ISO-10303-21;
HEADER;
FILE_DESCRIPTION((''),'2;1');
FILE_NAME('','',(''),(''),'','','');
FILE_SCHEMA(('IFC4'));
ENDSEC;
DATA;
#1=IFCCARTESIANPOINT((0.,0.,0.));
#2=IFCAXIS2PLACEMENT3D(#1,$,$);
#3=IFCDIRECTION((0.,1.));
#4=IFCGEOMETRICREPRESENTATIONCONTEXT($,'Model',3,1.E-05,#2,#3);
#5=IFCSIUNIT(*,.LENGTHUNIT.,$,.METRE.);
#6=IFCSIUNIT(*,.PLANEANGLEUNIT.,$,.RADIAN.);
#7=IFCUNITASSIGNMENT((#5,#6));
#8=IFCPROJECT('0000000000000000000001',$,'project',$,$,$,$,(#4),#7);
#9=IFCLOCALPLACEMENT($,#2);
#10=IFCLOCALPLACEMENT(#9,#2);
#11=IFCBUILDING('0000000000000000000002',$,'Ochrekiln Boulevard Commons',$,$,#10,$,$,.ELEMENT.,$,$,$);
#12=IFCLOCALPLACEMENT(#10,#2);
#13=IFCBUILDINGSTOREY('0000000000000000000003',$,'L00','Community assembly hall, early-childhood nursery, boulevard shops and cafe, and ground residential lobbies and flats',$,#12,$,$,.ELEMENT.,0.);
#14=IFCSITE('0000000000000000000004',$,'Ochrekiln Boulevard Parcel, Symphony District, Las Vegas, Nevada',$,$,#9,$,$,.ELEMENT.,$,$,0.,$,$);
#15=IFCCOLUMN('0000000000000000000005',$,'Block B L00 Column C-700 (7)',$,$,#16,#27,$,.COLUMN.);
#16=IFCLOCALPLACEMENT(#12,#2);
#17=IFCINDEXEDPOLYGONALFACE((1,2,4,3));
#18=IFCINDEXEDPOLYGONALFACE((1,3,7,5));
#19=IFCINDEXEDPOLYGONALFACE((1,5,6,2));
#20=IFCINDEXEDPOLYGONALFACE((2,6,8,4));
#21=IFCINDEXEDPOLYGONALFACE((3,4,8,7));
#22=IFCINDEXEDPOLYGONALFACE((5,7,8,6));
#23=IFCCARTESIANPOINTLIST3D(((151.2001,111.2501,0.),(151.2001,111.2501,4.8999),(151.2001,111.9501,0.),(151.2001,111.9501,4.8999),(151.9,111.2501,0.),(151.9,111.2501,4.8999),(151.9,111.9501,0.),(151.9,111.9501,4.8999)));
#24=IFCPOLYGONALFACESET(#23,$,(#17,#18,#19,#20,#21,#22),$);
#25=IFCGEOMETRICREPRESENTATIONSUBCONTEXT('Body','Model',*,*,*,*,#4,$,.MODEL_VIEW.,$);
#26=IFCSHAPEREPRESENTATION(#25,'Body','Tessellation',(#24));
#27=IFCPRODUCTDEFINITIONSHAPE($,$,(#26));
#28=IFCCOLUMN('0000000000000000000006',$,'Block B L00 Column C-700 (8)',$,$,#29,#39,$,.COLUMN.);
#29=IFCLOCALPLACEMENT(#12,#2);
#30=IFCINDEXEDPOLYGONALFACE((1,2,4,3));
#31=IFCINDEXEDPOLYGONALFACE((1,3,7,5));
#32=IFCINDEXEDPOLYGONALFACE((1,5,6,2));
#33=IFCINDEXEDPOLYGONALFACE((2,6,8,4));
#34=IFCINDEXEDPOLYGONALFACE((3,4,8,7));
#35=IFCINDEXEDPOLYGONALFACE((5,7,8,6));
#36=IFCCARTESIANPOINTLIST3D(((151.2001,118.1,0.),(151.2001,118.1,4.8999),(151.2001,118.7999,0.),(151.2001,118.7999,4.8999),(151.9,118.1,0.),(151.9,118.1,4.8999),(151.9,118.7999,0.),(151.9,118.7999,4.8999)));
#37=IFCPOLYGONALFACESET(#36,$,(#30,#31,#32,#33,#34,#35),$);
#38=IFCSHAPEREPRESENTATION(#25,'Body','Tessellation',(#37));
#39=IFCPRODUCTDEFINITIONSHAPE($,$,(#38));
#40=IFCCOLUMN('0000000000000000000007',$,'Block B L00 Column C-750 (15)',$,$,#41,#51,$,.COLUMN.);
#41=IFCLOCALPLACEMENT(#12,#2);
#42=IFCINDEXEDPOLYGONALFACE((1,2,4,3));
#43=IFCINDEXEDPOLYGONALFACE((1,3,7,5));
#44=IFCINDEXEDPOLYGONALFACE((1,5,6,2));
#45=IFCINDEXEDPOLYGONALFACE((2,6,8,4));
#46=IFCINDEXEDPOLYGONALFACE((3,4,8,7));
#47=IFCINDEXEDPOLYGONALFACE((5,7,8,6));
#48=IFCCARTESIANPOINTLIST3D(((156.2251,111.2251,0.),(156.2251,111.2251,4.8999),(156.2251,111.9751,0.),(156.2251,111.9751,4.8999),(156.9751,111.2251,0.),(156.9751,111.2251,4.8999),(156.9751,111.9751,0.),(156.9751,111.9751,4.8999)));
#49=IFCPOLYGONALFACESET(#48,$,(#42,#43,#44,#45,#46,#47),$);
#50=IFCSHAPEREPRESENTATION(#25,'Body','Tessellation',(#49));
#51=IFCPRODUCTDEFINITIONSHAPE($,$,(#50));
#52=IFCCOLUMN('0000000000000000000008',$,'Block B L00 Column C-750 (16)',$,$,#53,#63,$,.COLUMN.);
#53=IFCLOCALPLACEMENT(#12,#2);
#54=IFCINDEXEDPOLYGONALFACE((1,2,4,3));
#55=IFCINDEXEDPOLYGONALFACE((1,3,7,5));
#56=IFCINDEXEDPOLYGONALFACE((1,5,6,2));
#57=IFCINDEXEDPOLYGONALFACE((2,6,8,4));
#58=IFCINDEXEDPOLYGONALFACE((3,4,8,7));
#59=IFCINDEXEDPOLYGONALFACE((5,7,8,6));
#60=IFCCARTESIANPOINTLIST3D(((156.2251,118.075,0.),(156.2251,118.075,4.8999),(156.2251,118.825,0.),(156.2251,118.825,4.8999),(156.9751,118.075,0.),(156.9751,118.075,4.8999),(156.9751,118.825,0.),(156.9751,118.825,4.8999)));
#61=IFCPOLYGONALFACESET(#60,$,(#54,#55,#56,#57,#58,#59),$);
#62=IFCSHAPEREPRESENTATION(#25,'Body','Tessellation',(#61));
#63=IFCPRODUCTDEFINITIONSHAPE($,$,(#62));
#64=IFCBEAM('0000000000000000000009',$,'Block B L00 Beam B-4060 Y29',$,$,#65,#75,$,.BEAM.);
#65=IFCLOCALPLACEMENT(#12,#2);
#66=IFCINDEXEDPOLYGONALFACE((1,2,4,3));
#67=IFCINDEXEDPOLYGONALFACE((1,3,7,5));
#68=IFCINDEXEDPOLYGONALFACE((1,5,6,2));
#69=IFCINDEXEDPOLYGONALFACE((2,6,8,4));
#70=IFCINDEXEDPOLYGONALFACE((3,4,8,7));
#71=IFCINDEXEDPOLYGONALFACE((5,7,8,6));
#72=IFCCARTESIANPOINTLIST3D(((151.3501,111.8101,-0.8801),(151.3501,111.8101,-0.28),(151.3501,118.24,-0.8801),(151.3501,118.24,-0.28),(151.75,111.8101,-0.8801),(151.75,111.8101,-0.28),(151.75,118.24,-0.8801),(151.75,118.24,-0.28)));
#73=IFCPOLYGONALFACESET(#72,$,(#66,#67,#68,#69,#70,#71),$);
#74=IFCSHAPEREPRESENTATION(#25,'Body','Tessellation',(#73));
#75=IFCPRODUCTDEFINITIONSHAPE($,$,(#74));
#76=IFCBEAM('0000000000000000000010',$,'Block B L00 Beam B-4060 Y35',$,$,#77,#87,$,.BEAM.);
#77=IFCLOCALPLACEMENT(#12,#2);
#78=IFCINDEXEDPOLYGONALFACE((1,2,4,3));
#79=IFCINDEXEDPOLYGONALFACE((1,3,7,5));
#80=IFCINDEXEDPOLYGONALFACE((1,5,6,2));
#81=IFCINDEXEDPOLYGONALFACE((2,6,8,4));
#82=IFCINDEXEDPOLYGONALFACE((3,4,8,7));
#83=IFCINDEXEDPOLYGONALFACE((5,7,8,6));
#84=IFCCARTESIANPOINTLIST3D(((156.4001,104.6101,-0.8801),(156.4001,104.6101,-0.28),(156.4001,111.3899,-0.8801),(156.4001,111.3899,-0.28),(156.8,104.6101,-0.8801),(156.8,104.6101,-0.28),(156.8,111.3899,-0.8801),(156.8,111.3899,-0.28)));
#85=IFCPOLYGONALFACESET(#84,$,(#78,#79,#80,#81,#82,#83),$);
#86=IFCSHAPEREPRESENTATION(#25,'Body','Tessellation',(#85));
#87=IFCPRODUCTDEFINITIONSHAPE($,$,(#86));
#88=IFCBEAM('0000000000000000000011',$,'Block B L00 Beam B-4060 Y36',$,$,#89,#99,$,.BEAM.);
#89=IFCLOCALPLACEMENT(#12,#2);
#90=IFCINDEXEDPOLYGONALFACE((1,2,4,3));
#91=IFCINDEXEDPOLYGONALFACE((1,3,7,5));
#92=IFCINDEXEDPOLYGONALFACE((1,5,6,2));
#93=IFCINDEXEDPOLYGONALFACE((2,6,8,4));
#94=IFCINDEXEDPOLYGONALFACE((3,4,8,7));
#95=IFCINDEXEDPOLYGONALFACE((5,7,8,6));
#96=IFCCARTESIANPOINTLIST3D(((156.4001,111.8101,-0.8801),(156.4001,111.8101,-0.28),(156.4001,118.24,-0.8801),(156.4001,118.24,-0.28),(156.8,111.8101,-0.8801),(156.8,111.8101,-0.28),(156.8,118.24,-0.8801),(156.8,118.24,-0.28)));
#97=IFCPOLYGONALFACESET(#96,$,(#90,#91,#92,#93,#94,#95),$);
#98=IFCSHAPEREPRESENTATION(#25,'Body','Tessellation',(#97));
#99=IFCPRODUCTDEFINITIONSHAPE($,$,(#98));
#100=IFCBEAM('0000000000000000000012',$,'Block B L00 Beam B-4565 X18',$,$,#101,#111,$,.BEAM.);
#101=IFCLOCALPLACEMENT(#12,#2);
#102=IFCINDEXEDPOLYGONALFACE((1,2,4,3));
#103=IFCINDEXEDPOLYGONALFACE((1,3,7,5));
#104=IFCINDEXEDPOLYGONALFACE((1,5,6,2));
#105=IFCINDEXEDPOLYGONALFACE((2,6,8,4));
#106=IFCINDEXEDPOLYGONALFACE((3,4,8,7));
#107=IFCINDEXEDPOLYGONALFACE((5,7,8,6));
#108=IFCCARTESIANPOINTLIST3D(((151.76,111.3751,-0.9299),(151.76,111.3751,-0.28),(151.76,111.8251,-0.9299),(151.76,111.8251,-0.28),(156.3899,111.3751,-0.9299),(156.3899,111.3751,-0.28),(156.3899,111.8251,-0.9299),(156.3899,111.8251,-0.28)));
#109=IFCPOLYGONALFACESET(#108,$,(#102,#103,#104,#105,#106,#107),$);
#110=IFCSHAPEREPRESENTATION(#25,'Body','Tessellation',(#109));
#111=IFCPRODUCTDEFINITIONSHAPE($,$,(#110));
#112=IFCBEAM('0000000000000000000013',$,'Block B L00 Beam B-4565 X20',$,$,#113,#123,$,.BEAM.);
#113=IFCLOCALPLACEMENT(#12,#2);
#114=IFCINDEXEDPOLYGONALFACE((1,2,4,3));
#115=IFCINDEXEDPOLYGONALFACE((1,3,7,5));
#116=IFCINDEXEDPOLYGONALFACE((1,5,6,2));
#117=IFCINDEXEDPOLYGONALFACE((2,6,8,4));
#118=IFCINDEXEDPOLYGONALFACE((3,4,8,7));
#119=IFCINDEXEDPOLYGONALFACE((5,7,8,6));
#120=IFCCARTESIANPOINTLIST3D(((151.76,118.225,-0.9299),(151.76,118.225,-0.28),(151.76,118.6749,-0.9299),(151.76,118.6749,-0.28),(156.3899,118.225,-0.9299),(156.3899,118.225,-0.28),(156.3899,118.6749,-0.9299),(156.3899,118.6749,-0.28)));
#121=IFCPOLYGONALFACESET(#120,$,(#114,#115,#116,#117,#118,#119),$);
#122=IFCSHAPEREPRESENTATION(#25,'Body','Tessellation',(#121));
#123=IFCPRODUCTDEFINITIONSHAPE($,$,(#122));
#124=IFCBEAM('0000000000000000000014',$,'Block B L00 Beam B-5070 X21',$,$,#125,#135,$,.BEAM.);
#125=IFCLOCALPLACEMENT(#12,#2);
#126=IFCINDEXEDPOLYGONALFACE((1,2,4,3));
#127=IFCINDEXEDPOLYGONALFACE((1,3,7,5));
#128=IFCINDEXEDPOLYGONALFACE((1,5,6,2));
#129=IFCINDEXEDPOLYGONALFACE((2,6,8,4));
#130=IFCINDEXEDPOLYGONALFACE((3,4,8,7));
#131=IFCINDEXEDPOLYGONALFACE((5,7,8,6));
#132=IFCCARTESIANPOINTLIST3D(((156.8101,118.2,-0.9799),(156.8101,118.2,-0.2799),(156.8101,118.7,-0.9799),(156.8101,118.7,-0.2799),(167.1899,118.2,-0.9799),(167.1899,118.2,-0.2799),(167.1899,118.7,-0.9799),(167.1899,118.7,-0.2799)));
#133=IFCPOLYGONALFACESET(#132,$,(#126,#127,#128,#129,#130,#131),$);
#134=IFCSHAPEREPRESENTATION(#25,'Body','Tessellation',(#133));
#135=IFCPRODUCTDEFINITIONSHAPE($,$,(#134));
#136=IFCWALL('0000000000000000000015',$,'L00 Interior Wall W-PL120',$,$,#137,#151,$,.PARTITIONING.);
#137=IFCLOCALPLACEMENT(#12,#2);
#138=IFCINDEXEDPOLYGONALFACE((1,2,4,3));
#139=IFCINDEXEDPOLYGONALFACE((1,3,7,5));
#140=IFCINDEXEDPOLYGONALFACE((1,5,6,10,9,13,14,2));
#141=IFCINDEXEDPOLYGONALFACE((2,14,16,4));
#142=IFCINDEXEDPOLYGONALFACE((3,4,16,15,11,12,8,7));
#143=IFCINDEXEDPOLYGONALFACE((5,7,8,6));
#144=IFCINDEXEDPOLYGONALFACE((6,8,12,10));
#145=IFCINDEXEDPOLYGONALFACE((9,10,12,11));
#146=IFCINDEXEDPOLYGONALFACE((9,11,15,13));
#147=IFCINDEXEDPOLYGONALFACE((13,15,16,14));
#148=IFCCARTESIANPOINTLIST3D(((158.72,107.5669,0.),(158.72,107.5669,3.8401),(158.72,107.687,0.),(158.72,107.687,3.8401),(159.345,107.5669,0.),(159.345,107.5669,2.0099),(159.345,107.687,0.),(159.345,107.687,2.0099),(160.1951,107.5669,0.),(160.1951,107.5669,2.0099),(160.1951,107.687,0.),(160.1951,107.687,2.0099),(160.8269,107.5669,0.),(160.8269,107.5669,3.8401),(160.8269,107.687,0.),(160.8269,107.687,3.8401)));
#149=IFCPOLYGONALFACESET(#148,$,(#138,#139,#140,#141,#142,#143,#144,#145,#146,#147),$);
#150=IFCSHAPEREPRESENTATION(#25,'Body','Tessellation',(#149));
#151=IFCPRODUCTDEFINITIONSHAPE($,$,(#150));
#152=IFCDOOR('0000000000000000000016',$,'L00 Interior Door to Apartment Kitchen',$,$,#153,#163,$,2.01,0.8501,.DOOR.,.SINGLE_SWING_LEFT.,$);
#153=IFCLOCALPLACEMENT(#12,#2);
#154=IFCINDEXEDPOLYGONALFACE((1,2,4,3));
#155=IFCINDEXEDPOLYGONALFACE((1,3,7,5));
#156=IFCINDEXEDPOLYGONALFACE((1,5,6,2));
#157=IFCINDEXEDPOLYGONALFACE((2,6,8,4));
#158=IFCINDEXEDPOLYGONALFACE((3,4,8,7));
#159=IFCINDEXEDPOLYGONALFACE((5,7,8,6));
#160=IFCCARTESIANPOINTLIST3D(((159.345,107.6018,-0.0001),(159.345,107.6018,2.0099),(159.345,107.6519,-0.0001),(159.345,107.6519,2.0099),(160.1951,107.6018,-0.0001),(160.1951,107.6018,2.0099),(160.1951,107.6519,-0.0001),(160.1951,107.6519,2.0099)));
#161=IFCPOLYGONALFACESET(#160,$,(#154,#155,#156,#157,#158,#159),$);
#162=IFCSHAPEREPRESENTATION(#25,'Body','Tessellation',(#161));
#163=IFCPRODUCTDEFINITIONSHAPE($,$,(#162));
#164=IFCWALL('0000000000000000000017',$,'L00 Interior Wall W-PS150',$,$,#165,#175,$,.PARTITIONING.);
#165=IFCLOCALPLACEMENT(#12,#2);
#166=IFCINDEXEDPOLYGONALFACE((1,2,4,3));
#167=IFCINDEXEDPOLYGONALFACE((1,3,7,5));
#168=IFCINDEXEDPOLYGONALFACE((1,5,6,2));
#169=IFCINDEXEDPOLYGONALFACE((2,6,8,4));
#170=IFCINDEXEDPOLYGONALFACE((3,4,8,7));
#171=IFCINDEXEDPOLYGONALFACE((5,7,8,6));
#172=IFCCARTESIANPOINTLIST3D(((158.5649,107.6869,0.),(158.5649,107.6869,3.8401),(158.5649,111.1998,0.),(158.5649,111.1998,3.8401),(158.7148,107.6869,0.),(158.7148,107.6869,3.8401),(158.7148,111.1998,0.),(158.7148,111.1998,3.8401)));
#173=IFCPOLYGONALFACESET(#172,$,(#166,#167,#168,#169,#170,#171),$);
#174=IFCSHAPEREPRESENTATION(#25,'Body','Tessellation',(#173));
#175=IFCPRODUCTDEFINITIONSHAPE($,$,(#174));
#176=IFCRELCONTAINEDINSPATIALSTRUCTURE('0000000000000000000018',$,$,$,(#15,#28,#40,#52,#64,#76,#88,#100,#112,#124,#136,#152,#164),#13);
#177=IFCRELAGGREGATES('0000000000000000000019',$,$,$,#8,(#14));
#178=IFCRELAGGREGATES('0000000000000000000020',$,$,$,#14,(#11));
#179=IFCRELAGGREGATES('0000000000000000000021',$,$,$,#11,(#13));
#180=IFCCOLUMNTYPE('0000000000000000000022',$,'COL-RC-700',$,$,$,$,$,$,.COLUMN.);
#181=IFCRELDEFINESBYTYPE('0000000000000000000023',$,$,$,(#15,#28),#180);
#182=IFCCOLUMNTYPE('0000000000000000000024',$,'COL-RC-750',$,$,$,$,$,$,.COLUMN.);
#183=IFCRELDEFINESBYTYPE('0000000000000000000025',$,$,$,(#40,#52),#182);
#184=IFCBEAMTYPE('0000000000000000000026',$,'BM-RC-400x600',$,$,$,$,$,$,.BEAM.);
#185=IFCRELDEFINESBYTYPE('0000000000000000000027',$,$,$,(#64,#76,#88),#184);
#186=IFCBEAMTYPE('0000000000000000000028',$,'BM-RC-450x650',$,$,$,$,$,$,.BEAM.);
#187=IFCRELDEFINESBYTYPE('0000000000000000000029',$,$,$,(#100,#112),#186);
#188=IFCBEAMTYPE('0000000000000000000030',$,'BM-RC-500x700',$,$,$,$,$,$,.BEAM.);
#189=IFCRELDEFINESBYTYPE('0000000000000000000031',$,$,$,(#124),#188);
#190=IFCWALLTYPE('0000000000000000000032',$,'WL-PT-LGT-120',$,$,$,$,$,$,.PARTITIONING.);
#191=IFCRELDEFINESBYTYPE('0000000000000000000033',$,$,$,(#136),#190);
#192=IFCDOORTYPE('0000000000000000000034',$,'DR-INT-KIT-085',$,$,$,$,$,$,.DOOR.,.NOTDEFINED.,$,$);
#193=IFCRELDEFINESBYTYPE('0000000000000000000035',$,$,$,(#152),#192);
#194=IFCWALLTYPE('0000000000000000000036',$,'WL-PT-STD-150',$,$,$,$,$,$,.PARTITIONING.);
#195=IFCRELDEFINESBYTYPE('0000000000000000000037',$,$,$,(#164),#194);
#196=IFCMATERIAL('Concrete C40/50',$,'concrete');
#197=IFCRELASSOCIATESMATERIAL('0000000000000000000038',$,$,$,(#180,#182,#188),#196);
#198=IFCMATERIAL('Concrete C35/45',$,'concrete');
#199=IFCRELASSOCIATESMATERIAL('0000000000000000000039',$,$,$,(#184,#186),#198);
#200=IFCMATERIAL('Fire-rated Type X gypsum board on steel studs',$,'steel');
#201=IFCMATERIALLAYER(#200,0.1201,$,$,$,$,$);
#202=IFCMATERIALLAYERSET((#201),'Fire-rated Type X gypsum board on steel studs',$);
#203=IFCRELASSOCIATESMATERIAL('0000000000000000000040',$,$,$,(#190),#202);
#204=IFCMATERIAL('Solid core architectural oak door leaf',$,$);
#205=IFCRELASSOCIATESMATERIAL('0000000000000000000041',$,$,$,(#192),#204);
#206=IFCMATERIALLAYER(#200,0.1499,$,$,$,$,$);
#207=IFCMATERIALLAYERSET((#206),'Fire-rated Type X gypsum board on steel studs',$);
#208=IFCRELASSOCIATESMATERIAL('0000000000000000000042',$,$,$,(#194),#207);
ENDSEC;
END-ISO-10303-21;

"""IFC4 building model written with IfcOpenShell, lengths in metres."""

from ifc_helpers import new_model, si_unit, direction, frame, frame_2d, origin, origin_2d, place, context, subcontext, project, spatial, rectangle, extrude, material, layer, layer_set, material_profile, profile_set, type_object, element, fill, save


model = new_model("IFC4")

# Units and contexts
model_context = context("Model", 3, precision=1e-05, world=origin(), true_north=direction((0.0, 1.0)))
body_context = subcontext(model_context, "Body", "Model", "MODEL_VIEW")
ifc_project = project(units=[si_unit("LENGTHUNIT", "METRE"), si_unit("PLANEANGLEUNIT", "RADIAN")], contexts=[model_context])

# Site, building, storey
site_placement = place(None, origin())
site = spatial("IfcSite", under=ifc_project, at=site_placement, Name="Ochrekiln Boulevard Parcel, Symphony District, Las Vegas, Nevada", CompositionType="ELEMENT", RefElevation=0.0)
building_placement = place(site_placement, origin())
building = spatial("IfcBuilding", under=site, at=building_placement, Name="Ochrekiln Boulevard Commons", CompositionType="ELEMENT")
storey_placement = place(building_placement, origin())
storey = spatial("IfcBuildingStorey", under=building, at=storey_placement, Name="L00", Description="Community assembly hall, early-childhood nursery, boulevard shops and cafe, and ground residential lobbies and flats", CompositionType="ELEMENT", Elevation=0.0)

# Columns
ifc_material_1 = material(Name="Concrete C40/50", Category="concrete")
ifc_material_profile_1 = material_profile(ifc_material_1, rectangle(XDim=0.7, YDim=0.7, at=origin_2d()), Name="RC-COL-700x700")
ifc_profile_set_1 = profile_set([ifc_material_profile_1], Name="Concrete C40/50")
column_type_1 = type_object("IfcColumnType", Name="COL-RC-700", PredefinedType="COLUMN", material=ifc_profile_set_1)
for number, where, z_axis, x_axis, name in (
    (1, (151.55, 111.6001, 0.0), (0.0, 0.0, 1.0), (1.0, 0.0, 0.0), "Block B L00 Column C-700 (7)"),
    (2, (151.55, 118.45, 0.0), (0.0, 0.0, 1.0), (1.0, 0.0, 0.0), "Block B L00 Column C-700 (8)"),
):
    element("IfcColumn", number, at=place(storey_placement, frame(where, z_axis=z_axis, x_axis=x_axis)), inside=storey, type_object=column_type_1, Name=name, PredefinedType="COLUMN", context=body_context, shape_type="SweptSolid", body=[
        extrude(rectangle(XDim=0.7, YDim=0.7, at=origin_2d()), origin(), (0.0, 0.0, 1.0), 4.8999),
    ])
ifc_material_profile_2 = material_profile(ifc_material_1, rectangle(XDim=0.75, YDim=0.75, at=origin_2d()), Name="RC-COL-750x750")
ifc_profile_set_2 = profile_set([ifc_material_profile_2], Name="Concrete C40/50")
column_type_2 = type_object("IfcColumnType", Name="COL-RC-750", PredefinedType="COLUMN", material=ifc_profile_set_2)
for number, where, z_axis, x_axis, name in (
    (3, (156.6001, 111.6001, 0.0), (0.0, 0.0, 1.0), (1.0, 0.0, 0.0), "Block B L00 Column C-750 (15)"),
    (4, (156.6001, 118.45, 0.0), (0.0, 0.0, 1.0), (1.0, 0.0, 0.0), "Block B L00 Column C-750 (16)"),
):
    element("IfcColumn", number, at=place(storey_placement, frame(where, z_axis=z_axis, x_axis=x_axis)), inside=storey, type_object=column_type_2, Name=name, PredefinedType="COLUMN", context=body_context, shape_type="SweptSolid", body=[
        extrude(rectangle(XDim=0.75, YDim=0.75, at=origin_2d()), origin(), (0.0, 0.0, 1.0), 4.8999),
    ])

# Beams
ifc_material_2 = material(Name="Concrete C35/45", Category="concrete")
ifc_material_profile_3 = material_profile(ifc_material_2, rectangle(XDim=0.3999, YDim=0.6001, at=origin_2d()), Name="RC-BM-400x600")
ifc_profile_set_3 = profile_set([ifc_material_profile_3], Name="Concrete C35/45")
beam_type_1 = type_object("IfcBeamType", Name="BM-RC-400x600", PredefinedType="BEAM", material=ifc_profile_set_3)
beam_1_placement = place(storey_placement, frame((151.55, 111.8101, -0.5801), z_axis=(0.0, 1.0, 0.0), x_axis=(-1.0, 0.0, 0.0)))
element("IfcBeam", 5, at=beam_1_placement, inside=storey, type_object=beam_type_1, Name="Block B L00 Beam B-4060 Y29", PredefinedType="BEAM", context=body_context, shape_type="SweptSolid", body=[
    extrude(rectangle(XDim=0.3999, YDim=0.6001, at=origin_2d()), origin(), (0.0, 0.0, 1.0), 6.4299),
])
beam_2_placement = place(storey_placement, frame((156.6001, 104.6101, -0.5801), z_axis=(0.0, 1.0, 0.0), x_axis=(-1.0, 0.0, 0.0)))
element("IfcBeam", 6, at=beam_2_placement, inside=storey, type_object=beam_type_1, Name="Block B L00 Beam B-4060 Y35", PredefinedType="BEAM", context=body_context, shape_type="SweptSolid", body=[
    extrude(rectangle(XDim=0.3999, YDim=0.6001, at=origin_2d()), origin(), (0.0, 0.0, 1.0), 6.7798),
])
beam_3_placement = place(storey_placement, frame((156.6001, 111.8101, -0.5801), z_axis=(0.0, 1.0, 0.0), x_axis=(-1.0, 0.0, 0.0)))
element("IfcBeam", 7, at=beam_3_placement, inside=storey, type_object=beam_type_1, Name="Block B L00 Beam B-4060 Y36", PredefinedType="BEAM", context=body_context, shape_type="SweptSolid", body=[
    extrude(rectangle(XDim=0.3999, YDim=0.6001, at=origin_2d()), origin(), (0.0, 0.0, 1.0), 6.4299),
])
ifc_material_profile_4 = material_profile(ifc_material_2, rectangle(XDim=0.45, YDim=0.6499, at=origin_2d()), Name="RC-BM-450x650")
ifc_profile_set_4 = profile_set([ifc_material_profile_4], Name="Concrete C35/45")
beam_type_2 = type_object("IfcBeamType", Name="BM-RC-450x650", PredefinedType="BEAM", material=ifc_profile_set_4)
for number, where, z_axis, x_axis, name in (
    (8, (151.76, 111.6001, -0.605), (1.0, 0.0, 0.0), (0.0, 1.0, 0.0), "Block B L00 Beam B-4565 X18"),
    (9, (151.76, 118.45, -0.605), (1.0, 0.0, 0.0), (0.0, 1.0, 0.0), "Block B L00 Beam B-4565 X20"),
):
    element("IfcBeam", number, at=place(storey_placement, frame(where, z_axis=z_axis, x_axis=x_axis)), inside=storey, type_object=beam_type_2, Name=name, PredefinedType="BEAM", context=body_context, shape_type="SweptSolid", body=[
        extrude(rectangle(XDim=0.45, YDim=0.6499, at=origin_2d()), origin(), (0.0, 0.0, 1.0), 4.6299),
    ])
ifc_material_profile_5 = material_profile(ifc_material_1, rectangle(XDim=0.5, YDim=0.7, at=origin_2d()), Name="RC-BM-500x700")
ifc_profile_set_5 = profile_set([ifc_material_profile_5], Name="Concrete C40/50")
beam_type_3 = type_object("IfcBeamType", Name="BM-RC-500x700", PredefinedType="BEAM", material=ifc_profile_set_5)
beam_4_placement = place(storey_placement, frame((156.8101, 118.45, -0.6299), z_axis=(1.0, 0.0, 0.0), x_axis=(0.0, 1.0, 0.0)))
element("IfcBeam", 10, at=beam_4_placement, inside=storey, type_object=beam_type_3, Name="Block B L00 Beam B-5070 X21", PredefinedType="BEAM", context=body_context, shape_type="SweptSolid", body=[
    extrude(rectangle(XDim=0.5, YDim=0.7, at=origin_2d()), origin(), (0.0, 0.0, 1.0), 10.3799),
])

# Wall, opening, door
ifc_material_3 = material(Name="Fire-rated Type X gypsum board on steel studs", Category="steel")
ifc_layer_1 = layer(ifc_material_3, 0.1201)
ifc_layer_set_1 = layer_set([ifc_layer_1], Name="Fire-rated Type X gypsum board on steel studs")
wall_type_1 = type_object("IfcWallType", Name="WL-PT-LGT-120", PredefinedType="PARTITIONING", material=ifc_layer_set_1)
wall_1_placement = place(storey_placement, frame((158.72, 107.627, 0.0), z_axis=(0.0, 0.0, 1.0), x_axis=(1.0, 0.0, 0.0)))
wall_1 = element("IfcWall", 11, at=wall_1_placement, inside=storey, type_object=wall_type_1, Name="L00 Interior Wall W-PL120", PredefinedType="PARTITIONING", context=body_context, shape_type="SweptSolid", body=[
    extrude(rectangle(XDim=2.1069, YDim=0.1201, at=frame_2d((1.0535, 0.0))), origin(), (0.0, 0.0, 1.0), 3.8401),
])
opening_placement = place(wall_1_placement, frame((0.625, 0.0, 0.0)))
opening = element("IfcOpeningElement", 12, at=opening_placement, cuts=wall_1, PredefinedType="OPENING", context=body_context, shape_type="SweptSolid", body=[
    extrude(rectangle(XDim=0.8501, YDim=2.01, at=frame_2d((0.425, 1.0049))), frame((0.0, 0.0701, 0.0), z_axis=(0.0, -1.0, 0.0), x_axis=(1.0, 0.0, 0.0)), (0.0, 0.0, 1.0), 0.1401),
])
ifc_material_4 = material(Name="Solid core architectural oak door leaf")
door_type = type_object("IfcDoorType", Name="DR-INT-KIT-085", OperationType="NOTDEFINED", PredefinedType="DOOR", material=ifc_material_4)
door_placement = place(opening_placement, origin())
door = element("IfcDoor", 13, at=door_placement, inside=storey, type_object=door_type, Name="L00 Interior Door to Apartment Kitchen", OperationType="SINGLE_SWING_LEFT", OverallHeight=2.01, OverallWidth=0.8501, PredefinedType="DOOR", context=body_context, shape_type="SweptSolid", body=[
    extrude(rectangle(XDim=0.8501, YDim=2.01, at=frame_2d((0.425, 1.0049))), frame((0.0, 0.0249, 0.0), z_axis=(0.0, -1.0, 0.0), x_axis=(1.0, 0.0, 0.0)), (0.0, 0.0, 1.0), 0.05),
])
fill(opening, door)

# Wall
ifc_layer_2 = layer(ifc_material_3, 0.1499)
ifc_layer_set_2 = layer_set([ifc_layer_2], Name="Fire-rated Type X gypsum board on steel studs")
wall_type_2 = type_object("IfcWallType", Name="WL-PT-STD-150", PredefinedType="PARTITIONING", material=ifc_layer_set_2)
wall_2_placement = place(storey_placement, frame((158.6399, 107.687, 0.0), z_axis=(0.0, 0.0, 1.0), x_axis=(0.0, 1.0, 0.0)))
element("IfcWall", 14, at=wall_2_placement, inside=storey, type_object=wall_type_2, Name="L00 Interior Wall W-PS150", PredefinedType="PARTITIONING", context=body_context, shape_type="SweptSolid", body=[
    extrude(rectangle(XDim=3.5129, YDim=0.1499, at=frame_2d((1.7563, 0.0))), origin(), (0.0, 0.0, 1.0), 3.8401),
])

save(model, "model.ifc")
